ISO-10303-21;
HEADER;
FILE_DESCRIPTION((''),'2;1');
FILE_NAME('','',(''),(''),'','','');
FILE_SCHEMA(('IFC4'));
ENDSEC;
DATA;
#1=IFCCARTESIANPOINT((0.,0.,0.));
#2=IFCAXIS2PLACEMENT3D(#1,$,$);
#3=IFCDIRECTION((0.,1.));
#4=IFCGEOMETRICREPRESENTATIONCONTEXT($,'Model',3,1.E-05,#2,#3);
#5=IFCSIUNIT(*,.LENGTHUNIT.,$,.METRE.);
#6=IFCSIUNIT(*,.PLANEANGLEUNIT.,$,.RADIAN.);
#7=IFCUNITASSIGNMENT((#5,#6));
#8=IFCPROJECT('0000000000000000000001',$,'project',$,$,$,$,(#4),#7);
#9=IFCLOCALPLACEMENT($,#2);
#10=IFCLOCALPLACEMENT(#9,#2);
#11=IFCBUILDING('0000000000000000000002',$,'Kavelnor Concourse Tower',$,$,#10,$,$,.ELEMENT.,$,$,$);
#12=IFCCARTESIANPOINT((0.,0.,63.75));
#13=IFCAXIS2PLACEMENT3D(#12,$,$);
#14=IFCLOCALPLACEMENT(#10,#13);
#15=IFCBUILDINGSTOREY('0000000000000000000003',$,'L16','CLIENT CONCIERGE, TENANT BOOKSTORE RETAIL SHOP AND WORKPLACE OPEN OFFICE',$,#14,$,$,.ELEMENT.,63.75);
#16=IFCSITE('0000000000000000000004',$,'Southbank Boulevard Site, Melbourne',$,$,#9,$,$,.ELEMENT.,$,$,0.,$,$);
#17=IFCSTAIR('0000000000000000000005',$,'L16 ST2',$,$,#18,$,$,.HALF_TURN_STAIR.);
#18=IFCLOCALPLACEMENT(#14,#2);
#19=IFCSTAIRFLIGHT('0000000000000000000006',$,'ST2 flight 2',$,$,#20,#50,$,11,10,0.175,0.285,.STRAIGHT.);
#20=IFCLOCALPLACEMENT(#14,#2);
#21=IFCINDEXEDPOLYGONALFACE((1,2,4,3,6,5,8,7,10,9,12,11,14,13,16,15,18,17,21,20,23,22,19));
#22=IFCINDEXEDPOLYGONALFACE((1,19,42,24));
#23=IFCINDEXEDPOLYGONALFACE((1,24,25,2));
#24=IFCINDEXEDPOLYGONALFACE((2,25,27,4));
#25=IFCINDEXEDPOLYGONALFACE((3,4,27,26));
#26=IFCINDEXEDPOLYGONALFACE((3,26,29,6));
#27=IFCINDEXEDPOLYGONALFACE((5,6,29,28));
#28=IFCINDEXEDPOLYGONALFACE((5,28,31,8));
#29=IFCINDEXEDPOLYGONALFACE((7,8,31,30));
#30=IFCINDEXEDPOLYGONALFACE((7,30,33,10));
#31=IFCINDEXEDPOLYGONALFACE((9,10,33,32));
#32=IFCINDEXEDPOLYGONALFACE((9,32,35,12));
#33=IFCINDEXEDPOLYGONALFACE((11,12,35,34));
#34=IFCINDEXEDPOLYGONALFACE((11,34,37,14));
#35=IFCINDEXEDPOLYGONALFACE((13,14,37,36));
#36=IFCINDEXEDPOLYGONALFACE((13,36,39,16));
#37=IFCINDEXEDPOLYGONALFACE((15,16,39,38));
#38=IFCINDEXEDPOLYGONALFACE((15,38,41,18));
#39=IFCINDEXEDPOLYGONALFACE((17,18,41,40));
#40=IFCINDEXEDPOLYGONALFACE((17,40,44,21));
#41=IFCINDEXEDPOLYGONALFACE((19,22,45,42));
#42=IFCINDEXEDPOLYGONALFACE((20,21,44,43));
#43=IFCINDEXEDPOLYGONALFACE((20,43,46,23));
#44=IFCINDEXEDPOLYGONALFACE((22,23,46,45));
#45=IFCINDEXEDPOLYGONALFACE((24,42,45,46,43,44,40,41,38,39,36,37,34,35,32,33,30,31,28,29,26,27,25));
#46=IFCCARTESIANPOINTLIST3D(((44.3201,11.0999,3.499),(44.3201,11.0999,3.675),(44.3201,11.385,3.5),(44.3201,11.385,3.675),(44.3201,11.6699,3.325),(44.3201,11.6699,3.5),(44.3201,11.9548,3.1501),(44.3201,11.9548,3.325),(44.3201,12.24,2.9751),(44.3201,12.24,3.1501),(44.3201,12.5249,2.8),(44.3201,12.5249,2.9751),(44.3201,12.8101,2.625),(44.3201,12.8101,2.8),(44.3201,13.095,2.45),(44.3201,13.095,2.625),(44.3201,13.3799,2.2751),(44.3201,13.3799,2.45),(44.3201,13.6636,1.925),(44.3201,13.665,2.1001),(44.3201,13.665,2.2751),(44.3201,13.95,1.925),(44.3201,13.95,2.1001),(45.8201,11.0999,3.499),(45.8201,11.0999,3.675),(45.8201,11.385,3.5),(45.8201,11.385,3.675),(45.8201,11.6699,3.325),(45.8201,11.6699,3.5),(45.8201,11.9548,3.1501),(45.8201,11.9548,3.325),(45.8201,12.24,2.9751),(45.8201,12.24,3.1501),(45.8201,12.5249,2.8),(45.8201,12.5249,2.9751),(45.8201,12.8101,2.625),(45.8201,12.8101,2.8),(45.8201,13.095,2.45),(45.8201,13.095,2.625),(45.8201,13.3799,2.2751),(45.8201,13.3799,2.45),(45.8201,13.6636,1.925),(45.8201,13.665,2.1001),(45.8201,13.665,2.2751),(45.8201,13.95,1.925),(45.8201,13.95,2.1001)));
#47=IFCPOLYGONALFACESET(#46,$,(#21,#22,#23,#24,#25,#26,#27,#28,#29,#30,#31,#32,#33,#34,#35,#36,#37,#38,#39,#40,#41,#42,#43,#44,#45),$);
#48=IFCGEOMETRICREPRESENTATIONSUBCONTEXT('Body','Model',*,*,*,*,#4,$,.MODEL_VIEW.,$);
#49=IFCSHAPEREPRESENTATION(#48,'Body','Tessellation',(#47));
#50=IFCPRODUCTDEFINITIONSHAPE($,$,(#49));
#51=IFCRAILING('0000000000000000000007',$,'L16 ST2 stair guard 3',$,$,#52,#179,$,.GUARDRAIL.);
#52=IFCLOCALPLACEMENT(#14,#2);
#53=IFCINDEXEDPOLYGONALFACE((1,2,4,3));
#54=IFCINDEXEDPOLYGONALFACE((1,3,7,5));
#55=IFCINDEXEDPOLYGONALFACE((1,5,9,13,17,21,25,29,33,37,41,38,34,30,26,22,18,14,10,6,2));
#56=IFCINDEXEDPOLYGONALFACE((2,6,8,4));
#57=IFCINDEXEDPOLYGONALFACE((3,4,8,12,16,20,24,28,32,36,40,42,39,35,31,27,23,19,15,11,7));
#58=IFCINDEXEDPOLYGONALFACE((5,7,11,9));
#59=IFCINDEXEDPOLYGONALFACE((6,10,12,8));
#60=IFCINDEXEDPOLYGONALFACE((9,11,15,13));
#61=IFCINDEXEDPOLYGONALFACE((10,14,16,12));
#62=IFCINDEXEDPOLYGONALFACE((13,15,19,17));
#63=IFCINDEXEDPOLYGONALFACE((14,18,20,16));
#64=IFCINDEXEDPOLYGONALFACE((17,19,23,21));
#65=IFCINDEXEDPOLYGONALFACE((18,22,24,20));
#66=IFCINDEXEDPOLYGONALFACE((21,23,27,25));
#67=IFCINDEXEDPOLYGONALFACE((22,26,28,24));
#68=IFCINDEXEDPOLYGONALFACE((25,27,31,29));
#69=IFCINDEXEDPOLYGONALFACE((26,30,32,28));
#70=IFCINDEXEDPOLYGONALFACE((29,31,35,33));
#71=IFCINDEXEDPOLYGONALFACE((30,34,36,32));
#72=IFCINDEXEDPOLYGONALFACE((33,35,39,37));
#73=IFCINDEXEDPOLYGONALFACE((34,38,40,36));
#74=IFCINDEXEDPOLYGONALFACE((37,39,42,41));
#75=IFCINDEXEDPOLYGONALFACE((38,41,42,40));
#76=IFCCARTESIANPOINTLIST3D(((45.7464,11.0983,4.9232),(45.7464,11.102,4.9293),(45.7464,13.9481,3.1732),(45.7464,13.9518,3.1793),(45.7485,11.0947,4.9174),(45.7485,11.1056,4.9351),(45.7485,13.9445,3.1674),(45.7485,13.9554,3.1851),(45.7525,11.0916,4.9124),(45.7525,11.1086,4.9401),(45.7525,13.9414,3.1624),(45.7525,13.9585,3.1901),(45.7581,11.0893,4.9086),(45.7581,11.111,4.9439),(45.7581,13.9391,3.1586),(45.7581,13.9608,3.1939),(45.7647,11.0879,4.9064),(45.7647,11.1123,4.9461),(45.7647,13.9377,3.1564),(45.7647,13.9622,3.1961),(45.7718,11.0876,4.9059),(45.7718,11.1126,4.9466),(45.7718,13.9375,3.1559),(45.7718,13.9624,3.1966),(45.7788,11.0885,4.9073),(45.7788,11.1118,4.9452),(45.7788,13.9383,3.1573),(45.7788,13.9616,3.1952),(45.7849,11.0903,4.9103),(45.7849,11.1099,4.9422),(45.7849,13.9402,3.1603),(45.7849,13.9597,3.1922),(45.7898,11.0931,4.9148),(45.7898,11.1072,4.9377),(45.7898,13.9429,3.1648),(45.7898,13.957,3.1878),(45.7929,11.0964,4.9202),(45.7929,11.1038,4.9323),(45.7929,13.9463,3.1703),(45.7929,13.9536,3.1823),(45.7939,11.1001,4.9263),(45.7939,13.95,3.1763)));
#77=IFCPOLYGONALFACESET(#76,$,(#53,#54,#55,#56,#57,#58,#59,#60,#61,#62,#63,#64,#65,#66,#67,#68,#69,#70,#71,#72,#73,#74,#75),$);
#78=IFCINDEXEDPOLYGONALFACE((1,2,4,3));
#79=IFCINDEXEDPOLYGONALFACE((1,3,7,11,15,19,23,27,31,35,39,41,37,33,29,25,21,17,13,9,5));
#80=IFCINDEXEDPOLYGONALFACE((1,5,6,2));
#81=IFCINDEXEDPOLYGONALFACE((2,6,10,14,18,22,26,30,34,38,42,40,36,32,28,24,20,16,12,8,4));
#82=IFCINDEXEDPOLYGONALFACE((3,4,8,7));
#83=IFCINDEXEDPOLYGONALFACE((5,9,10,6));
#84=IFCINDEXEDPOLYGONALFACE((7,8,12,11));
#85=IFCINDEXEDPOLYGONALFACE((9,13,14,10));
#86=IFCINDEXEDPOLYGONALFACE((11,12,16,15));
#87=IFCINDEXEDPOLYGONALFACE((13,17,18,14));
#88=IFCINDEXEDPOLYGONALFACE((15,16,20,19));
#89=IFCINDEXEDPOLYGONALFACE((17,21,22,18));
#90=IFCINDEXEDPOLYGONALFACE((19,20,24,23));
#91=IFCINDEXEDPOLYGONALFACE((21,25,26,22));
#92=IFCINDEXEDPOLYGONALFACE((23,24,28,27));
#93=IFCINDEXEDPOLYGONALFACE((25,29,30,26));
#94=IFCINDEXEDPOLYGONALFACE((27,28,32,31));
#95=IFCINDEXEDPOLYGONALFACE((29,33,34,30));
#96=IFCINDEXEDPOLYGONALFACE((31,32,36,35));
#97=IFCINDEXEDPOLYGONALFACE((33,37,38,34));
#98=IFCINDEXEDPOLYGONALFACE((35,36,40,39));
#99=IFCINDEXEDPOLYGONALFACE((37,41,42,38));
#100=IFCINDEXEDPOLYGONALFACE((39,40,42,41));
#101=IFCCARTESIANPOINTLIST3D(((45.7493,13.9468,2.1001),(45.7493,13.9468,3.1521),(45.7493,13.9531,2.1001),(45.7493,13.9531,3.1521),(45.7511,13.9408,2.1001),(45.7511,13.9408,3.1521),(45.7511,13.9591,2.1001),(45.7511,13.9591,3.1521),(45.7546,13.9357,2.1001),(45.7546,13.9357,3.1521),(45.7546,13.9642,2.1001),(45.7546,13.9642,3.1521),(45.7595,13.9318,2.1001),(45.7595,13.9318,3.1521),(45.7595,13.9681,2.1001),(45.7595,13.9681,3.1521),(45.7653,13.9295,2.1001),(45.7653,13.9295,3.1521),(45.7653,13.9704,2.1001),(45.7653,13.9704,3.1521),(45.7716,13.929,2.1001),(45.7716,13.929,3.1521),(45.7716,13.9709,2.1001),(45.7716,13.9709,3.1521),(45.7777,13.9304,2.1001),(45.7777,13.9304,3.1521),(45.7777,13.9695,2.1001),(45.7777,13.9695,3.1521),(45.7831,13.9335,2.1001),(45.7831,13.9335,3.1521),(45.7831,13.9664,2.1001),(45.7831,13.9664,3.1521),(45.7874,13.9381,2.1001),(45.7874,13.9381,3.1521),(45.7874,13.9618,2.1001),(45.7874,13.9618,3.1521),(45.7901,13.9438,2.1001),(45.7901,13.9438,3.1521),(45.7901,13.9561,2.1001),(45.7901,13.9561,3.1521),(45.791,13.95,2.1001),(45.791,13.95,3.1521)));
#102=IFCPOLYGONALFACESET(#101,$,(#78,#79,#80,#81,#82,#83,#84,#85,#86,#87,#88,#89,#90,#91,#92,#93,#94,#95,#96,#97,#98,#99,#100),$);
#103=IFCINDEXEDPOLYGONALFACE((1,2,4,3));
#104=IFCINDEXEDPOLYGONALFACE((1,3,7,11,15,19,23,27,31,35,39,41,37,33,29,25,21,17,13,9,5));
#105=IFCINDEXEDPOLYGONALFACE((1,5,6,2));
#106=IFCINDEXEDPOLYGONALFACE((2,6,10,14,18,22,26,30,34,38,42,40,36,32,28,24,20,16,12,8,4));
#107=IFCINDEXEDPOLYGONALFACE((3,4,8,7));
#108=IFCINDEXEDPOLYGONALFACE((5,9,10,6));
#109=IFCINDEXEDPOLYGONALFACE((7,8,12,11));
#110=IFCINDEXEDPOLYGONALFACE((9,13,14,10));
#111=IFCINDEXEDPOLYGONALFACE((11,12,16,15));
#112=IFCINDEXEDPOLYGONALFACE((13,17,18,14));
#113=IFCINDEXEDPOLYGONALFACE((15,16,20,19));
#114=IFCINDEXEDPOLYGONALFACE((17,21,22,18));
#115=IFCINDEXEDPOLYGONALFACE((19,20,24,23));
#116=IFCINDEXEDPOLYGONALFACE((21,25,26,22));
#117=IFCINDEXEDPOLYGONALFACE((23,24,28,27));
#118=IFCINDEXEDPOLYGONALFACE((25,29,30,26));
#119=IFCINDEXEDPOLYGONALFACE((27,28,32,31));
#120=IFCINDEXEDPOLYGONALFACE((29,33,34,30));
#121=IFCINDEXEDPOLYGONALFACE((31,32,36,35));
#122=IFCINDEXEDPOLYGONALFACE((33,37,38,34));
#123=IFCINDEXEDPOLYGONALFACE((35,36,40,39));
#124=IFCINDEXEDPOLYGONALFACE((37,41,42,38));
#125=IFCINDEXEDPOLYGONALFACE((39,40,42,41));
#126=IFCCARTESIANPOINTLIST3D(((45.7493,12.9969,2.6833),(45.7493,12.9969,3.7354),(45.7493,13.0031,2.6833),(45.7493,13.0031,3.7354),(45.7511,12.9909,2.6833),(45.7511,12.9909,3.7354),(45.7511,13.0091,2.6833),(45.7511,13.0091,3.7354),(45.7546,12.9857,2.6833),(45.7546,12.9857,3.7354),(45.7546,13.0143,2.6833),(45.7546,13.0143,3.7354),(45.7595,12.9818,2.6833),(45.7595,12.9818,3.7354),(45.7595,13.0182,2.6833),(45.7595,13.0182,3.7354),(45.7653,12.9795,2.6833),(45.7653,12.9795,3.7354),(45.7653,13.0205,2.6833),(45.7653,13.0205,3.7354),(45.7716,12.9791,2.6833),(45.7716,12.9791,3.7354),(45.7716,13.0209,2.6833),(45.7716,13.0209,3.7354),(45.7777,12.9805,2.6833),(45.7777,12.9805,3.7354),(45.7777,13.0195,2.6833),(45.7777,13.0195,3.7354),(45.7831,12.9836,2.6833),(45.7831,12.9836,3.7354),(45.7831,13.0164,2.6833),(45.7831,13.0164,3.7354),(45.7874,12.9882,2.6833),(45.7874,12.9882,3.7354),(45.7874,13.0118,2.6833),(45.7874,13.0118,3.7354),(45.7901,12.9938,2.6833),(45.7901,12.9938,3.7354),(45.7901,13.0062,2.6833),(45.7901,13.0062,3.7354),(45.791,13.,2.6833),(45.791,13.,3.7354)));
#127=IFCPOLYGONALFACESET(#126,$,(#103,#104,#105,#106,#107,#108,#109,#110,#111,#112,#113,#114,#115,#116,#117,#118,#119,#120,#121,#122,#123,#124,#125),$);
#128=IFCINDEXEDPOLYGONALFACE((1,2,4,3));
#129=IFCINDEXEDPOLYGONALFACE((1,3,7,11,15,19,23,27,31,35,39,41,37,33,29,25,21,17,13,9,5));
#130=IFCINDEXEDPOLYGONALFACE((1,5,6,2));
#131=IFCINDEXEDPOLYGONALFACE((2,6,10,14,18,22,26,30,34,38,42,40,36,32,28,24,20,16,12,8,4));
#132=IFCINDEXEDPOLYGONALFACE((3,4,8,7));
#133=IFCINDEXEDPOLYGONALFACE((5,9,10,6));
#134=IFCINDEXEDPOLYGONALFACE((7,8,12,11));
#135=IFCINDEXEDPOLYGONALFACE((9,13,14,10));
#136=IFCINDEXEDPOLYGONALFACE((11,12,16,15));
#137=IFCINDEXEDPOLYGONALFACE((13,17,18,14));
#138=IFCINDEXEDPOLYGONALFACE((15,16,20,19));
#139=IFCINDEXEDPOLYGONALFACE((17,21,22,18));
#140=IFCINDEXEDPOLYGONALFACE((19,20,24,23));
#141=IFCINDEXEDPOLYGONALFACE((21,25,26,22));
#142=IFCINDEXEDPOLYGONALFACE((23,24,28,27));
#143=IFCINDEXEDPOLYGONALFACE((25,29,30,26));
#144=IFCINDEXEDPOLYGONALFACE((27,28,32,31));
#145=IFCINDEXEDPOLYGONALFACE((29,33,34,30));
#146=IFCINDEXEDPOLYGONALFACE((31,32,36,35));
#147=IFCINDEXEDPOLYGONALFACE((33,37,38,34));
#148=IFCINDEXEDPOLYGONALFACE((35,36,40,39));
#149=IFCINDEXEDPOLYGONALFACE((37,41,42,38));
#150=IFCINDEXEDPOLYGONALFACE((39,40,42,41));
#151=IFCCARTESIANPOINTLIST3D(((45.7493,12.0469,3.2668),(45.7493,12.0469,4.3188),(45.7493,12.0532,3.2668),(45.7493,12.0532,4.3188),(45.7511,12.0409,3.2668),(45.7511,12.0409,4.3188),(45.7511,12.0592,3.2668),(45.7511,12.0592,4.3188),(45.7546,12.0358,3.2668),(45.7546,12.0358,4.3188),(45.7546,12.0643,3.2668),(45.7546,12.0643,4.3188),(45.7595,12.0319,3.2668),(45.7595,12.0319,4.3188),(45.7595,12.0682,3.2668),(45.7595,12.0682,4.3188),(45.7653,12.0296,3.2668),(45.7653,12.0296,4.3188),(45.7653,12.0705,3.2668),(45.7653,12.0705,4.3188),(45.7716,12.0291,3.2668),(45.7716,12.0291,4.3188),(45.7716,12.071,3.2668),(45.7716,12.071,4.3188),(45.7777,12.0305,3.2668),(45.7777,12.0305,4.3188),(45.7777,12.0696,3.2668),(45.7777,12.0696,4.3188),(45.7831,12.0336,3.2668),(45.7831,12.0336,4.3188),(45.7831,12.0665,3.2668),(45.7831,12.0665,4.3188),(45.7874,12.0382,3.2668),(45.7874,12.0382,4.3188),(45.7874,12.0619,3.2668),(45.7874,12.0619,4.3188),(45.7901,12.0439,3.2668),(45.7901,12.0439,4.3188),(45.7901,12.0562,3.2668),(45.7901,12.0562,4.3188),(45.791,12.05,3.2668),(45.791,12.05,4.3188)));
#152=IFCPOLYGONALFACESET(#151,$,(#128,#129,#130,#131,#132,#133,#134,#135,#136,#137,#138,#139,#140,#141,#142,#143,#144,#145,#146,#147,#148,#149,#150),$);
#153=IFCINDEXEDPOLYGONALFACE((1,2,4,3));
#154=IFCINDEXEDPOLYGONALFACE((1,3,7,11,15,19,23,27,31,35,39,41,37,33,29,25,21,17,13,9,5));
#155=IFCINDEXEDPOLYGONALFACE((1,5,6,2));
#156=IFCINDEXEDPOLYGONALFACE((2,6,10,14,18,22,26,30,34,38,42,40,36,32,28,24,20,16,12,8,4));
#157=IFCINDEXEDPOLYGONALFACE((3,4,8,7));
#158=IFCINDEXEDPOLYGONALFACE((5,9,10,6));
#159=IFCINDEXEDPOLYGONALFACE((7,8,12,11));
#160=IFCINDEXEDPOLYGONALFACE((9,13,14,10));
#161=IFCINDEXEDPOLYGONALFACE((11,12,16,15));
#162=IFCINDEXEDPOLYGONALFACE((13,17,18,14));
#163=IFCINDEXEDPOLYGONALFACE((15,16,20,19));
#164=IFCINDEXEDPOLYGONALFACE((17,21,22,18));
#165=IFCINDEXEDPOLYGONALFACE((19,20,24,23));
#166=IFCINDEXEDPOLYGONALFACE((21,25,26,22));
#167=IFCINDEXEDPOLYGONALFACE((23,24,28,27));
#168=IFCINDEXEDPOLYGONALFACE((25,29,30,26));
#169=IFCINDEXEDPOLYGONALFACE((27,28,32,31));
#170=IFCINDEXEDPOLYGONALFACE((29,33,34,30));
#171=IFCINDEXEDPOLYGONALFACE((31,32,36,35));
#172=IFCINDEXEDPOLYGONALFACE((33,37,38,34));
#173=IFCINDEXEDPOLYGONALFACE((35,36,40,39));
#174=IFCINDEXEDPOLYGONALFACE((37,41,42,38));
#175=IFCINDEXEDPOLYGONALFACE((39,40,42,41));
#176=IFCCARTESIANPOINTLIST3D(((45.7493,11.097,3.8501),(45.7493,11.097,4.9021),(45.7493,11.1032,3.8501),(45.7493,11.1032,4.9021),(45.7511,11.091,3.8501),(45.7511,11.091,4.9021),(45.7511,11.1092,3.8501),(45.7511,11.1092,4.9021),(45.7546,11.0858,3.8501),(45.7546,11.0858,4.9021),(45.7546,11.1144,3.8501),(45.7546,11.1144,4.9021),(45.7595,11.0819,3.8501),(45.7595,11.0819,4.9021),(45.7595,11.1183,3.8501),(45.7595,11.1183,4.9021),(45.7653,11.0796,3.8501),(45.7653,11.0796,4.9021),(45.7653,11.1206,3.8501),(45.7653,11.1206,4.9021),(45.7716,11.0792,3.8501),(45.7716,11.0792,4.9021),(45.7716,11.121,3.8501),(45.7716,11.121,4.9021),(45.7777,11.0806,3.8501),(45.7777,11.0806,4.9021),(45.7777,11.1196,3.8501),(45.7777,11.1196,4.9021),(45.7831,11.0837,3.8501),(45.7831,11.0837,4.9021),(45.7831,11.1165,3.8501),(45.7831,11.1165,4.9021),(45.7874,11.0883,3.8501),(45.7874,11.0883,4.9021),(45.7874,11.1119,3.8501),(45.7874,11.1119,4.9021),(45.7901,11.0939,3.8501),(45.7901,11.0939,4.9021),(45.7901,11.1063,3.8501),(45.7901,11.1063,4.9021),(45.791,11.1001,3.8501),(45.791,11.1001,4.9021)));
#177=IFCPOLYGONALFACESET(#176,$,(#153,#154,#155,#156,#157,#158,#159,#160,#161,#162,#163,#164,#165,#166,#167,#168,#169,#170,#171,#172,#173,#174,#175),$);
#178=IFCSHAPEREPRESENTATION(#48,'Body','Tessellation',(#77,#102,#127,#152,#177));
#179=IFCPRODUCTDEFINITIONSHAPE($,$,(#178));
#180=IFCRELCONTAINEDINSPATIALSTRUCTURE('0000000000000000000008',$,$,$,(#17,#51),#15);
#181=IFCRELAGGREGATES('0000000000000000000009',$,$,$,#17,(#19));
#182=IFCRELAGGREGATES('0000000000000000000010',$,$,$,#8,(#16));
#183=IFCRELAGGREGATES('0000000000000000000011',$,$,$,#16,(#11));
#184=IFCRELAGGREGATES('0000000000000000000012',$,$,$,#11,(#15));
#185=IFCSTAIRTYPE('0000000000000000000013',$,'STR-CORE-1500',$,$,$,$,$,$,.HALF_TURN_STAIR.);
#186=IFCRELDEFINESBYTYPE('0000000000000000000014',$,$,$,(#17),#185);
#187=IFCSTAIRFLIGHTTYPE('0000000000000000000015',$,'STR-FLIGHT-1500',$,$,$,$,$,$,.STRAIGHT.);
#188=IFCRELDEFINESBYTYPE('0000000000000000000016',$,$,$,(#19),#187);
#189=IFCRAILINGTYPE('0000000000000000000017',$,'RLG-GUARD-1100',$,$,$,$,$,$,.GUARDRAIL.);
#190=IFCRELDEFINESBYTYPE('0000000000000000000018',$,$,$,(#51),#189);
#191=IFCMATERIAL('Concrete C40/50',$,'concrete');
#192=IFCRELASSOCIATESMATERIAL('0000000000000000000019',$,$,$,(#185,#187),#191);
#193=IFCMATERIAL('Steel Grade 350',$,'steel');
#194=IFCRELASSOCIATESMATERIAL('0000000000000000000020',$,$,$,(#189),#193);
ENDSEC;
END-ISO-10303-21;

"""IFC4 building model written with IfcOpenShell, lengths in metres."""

from ifc_helpers import new_model, si_unit, direction, frame, origin, origin_2d, place, context, subcontext, project, spatial, polyline, circle, outline, extrude, material, type_object, element, aggregate, save


model = new_model("IFC4")

# Units and contexts
model_context = context("Model", 3, precision=1e-05, world=origin(), true_north=direction((0.0, 1.0)))
body_context = subcontext(model_context, "Body", "Model", "MODEL_VIEW")
ifc_project = project(units=[si_unit("LENGTHUNIT", "METRE"), si_unit("PLANEANGLEUNIT", "RADIAN")], contexts=[model_context])

# Site, building, storey
site_placement = place(None, origin())
site = spatial("IfcSite", under=ifc_project, at=site_placement, Name="Southbank Boulevard Site, Melbourne", CompositionType="ELEMENT", RefElevation=0.0)
building_placement = place(site_placement, origin())
building = spatial("IfcBuilding", under=site, at=building_placement, Name="Kavelnor Concourse Tower", CompositionType="ELEMENT")
storey_placement = place(building_placement, frame((0.0, 0.0, 63.75)))
storey = spatial("IfcBuildingStorey", under=building, at=storey_placement, Name="L16", Description="CLIENT CONCIERGE, TENANT BOOKSTORE RETAIL SHOP AND WORKPLACE OPEN OFFICE", CompositionType="ELEMENT", Elevation=63.75)

# Shared definitions
ifc_material_1 = material(Name="Steel Grade 350", Category="steel")

# Stair, stair flight
ifc_material_2 = material(Name="Concrete C40/50", Category="concrete")
stair_type = type_object("IfcStairType", Name="STR-CORE-1500", PredefinedType="HALF_TURN_STAIR", material=ifc_material_2)
stair_placement = place(storey_placement, origin())
stair = element("IfcStair", 1, at=stair_placement, inside=storey, type_object=stair_type, Name="L16 ST2", PredefinedType="HALF_TURN_STAIR")
stair_flight_type = type_object("IfcStairFlightType", Name="STR-FLIGHT-1500", PredefinedType="STRAIGHT", material=ifc_material_2)
stair_flight_placement = place(storey_placement, frame((45.0701, 13.95, 1.925), z_axis=(0.0, 0.0, 1.0), x_axis=(0.0, -1.0, 0.0)))
stair_flight = element("IfcStairFlight", 2, at=stair_flight_placement, type_object=stair_flight_type, Name="ST2 flight 2", NumberOfRisers=11, NumberOfTreads=10, PredefinedType="STRAIGHT", RiserHeight=0.175, TreadLength=0.285, context=body_context, shape_type="SweptSolid", body=[
    extrude(outline(polyline([(0.0, 0.0), (0.0, 0.175), (0.2849, 0.175), (0.2849, 0.3501), (0.5701, 0.3501), (0.5701, 0.5249), (0.855, 0.5249), (0.855, 0.7), (1.1399, 0.7), (1.1399, 0.875), (1.425, 0.875), (1.425, 1.05), (1.71, 1.05), (1.71, 1.2251), (1.9951, 1.2251), (1.9951, 1.3999), (2.28, 1.3999), (2.28, 1.575), (2.5649, 1.575), (2.5649, 1.75), (2.8501, 1.75), (2.8501, 1.925), (2.8501, 1.574), (0.2864, 0.0), (0.0, 0.0)])), frame((0.0, 0.75, 0.0), z_axis=(0.0, -1.0, 0.0), x_axis=(1.0, 0.0, 0.0)), (0.0, 0.0, 1.0), 1.5),
])
aggregate(stair, [stair_flight])

# Railing
railing_type_1 = type_object("IfcRailingType", Name="RLG-GUARD-1100", PredefinedType="GUARDRAIL", material=ifc_material_1)
railing_1_placement = place(storey_placement, frame((45.77, 13.95, 2.1001)))
element("IfcRailing", 3, at=railing_1_placement, inside=storey, type_object=railing_type_1, Name="L16 ST2 stair guard 3", PredefinedType="GUARDRAIL", context=body_context, shape_type="SweptSolid", body=[
    extrude(circle(Radius=0.0239, at=origin_2d()), frame((0.0, 0.0, 1.0762), z_axis=(0.0, -0.852159, 0.523283), x_axis=(1.0, 0.0, 0.0)), (0.0, 0.0, 1.0), 3.3442),
    extrude(circle(Radius=0.021, at=origin_2d()), origin(), (0.0, 0.0, 1.0), 1.052),
    extrude(circle(Radius=0.021, at=origin_2d()), frame((0.0, -0.95, 0.5833)), (0.0, 0.0, 1.0), 1.052),
    extrude(circle(Radius=0.021, at=origin_2d()), frame((0.0, -1.8999, 1.1667)), (0.0, 0.0, 1.0), 1.052),
    extrude(circle(Radius=0.021, at=origin_2d()), frame((0.0, -2.8499, 1.75)), (0.0, 0.0, 1.0), 1.052),
])

save(model, "model.ifc")
